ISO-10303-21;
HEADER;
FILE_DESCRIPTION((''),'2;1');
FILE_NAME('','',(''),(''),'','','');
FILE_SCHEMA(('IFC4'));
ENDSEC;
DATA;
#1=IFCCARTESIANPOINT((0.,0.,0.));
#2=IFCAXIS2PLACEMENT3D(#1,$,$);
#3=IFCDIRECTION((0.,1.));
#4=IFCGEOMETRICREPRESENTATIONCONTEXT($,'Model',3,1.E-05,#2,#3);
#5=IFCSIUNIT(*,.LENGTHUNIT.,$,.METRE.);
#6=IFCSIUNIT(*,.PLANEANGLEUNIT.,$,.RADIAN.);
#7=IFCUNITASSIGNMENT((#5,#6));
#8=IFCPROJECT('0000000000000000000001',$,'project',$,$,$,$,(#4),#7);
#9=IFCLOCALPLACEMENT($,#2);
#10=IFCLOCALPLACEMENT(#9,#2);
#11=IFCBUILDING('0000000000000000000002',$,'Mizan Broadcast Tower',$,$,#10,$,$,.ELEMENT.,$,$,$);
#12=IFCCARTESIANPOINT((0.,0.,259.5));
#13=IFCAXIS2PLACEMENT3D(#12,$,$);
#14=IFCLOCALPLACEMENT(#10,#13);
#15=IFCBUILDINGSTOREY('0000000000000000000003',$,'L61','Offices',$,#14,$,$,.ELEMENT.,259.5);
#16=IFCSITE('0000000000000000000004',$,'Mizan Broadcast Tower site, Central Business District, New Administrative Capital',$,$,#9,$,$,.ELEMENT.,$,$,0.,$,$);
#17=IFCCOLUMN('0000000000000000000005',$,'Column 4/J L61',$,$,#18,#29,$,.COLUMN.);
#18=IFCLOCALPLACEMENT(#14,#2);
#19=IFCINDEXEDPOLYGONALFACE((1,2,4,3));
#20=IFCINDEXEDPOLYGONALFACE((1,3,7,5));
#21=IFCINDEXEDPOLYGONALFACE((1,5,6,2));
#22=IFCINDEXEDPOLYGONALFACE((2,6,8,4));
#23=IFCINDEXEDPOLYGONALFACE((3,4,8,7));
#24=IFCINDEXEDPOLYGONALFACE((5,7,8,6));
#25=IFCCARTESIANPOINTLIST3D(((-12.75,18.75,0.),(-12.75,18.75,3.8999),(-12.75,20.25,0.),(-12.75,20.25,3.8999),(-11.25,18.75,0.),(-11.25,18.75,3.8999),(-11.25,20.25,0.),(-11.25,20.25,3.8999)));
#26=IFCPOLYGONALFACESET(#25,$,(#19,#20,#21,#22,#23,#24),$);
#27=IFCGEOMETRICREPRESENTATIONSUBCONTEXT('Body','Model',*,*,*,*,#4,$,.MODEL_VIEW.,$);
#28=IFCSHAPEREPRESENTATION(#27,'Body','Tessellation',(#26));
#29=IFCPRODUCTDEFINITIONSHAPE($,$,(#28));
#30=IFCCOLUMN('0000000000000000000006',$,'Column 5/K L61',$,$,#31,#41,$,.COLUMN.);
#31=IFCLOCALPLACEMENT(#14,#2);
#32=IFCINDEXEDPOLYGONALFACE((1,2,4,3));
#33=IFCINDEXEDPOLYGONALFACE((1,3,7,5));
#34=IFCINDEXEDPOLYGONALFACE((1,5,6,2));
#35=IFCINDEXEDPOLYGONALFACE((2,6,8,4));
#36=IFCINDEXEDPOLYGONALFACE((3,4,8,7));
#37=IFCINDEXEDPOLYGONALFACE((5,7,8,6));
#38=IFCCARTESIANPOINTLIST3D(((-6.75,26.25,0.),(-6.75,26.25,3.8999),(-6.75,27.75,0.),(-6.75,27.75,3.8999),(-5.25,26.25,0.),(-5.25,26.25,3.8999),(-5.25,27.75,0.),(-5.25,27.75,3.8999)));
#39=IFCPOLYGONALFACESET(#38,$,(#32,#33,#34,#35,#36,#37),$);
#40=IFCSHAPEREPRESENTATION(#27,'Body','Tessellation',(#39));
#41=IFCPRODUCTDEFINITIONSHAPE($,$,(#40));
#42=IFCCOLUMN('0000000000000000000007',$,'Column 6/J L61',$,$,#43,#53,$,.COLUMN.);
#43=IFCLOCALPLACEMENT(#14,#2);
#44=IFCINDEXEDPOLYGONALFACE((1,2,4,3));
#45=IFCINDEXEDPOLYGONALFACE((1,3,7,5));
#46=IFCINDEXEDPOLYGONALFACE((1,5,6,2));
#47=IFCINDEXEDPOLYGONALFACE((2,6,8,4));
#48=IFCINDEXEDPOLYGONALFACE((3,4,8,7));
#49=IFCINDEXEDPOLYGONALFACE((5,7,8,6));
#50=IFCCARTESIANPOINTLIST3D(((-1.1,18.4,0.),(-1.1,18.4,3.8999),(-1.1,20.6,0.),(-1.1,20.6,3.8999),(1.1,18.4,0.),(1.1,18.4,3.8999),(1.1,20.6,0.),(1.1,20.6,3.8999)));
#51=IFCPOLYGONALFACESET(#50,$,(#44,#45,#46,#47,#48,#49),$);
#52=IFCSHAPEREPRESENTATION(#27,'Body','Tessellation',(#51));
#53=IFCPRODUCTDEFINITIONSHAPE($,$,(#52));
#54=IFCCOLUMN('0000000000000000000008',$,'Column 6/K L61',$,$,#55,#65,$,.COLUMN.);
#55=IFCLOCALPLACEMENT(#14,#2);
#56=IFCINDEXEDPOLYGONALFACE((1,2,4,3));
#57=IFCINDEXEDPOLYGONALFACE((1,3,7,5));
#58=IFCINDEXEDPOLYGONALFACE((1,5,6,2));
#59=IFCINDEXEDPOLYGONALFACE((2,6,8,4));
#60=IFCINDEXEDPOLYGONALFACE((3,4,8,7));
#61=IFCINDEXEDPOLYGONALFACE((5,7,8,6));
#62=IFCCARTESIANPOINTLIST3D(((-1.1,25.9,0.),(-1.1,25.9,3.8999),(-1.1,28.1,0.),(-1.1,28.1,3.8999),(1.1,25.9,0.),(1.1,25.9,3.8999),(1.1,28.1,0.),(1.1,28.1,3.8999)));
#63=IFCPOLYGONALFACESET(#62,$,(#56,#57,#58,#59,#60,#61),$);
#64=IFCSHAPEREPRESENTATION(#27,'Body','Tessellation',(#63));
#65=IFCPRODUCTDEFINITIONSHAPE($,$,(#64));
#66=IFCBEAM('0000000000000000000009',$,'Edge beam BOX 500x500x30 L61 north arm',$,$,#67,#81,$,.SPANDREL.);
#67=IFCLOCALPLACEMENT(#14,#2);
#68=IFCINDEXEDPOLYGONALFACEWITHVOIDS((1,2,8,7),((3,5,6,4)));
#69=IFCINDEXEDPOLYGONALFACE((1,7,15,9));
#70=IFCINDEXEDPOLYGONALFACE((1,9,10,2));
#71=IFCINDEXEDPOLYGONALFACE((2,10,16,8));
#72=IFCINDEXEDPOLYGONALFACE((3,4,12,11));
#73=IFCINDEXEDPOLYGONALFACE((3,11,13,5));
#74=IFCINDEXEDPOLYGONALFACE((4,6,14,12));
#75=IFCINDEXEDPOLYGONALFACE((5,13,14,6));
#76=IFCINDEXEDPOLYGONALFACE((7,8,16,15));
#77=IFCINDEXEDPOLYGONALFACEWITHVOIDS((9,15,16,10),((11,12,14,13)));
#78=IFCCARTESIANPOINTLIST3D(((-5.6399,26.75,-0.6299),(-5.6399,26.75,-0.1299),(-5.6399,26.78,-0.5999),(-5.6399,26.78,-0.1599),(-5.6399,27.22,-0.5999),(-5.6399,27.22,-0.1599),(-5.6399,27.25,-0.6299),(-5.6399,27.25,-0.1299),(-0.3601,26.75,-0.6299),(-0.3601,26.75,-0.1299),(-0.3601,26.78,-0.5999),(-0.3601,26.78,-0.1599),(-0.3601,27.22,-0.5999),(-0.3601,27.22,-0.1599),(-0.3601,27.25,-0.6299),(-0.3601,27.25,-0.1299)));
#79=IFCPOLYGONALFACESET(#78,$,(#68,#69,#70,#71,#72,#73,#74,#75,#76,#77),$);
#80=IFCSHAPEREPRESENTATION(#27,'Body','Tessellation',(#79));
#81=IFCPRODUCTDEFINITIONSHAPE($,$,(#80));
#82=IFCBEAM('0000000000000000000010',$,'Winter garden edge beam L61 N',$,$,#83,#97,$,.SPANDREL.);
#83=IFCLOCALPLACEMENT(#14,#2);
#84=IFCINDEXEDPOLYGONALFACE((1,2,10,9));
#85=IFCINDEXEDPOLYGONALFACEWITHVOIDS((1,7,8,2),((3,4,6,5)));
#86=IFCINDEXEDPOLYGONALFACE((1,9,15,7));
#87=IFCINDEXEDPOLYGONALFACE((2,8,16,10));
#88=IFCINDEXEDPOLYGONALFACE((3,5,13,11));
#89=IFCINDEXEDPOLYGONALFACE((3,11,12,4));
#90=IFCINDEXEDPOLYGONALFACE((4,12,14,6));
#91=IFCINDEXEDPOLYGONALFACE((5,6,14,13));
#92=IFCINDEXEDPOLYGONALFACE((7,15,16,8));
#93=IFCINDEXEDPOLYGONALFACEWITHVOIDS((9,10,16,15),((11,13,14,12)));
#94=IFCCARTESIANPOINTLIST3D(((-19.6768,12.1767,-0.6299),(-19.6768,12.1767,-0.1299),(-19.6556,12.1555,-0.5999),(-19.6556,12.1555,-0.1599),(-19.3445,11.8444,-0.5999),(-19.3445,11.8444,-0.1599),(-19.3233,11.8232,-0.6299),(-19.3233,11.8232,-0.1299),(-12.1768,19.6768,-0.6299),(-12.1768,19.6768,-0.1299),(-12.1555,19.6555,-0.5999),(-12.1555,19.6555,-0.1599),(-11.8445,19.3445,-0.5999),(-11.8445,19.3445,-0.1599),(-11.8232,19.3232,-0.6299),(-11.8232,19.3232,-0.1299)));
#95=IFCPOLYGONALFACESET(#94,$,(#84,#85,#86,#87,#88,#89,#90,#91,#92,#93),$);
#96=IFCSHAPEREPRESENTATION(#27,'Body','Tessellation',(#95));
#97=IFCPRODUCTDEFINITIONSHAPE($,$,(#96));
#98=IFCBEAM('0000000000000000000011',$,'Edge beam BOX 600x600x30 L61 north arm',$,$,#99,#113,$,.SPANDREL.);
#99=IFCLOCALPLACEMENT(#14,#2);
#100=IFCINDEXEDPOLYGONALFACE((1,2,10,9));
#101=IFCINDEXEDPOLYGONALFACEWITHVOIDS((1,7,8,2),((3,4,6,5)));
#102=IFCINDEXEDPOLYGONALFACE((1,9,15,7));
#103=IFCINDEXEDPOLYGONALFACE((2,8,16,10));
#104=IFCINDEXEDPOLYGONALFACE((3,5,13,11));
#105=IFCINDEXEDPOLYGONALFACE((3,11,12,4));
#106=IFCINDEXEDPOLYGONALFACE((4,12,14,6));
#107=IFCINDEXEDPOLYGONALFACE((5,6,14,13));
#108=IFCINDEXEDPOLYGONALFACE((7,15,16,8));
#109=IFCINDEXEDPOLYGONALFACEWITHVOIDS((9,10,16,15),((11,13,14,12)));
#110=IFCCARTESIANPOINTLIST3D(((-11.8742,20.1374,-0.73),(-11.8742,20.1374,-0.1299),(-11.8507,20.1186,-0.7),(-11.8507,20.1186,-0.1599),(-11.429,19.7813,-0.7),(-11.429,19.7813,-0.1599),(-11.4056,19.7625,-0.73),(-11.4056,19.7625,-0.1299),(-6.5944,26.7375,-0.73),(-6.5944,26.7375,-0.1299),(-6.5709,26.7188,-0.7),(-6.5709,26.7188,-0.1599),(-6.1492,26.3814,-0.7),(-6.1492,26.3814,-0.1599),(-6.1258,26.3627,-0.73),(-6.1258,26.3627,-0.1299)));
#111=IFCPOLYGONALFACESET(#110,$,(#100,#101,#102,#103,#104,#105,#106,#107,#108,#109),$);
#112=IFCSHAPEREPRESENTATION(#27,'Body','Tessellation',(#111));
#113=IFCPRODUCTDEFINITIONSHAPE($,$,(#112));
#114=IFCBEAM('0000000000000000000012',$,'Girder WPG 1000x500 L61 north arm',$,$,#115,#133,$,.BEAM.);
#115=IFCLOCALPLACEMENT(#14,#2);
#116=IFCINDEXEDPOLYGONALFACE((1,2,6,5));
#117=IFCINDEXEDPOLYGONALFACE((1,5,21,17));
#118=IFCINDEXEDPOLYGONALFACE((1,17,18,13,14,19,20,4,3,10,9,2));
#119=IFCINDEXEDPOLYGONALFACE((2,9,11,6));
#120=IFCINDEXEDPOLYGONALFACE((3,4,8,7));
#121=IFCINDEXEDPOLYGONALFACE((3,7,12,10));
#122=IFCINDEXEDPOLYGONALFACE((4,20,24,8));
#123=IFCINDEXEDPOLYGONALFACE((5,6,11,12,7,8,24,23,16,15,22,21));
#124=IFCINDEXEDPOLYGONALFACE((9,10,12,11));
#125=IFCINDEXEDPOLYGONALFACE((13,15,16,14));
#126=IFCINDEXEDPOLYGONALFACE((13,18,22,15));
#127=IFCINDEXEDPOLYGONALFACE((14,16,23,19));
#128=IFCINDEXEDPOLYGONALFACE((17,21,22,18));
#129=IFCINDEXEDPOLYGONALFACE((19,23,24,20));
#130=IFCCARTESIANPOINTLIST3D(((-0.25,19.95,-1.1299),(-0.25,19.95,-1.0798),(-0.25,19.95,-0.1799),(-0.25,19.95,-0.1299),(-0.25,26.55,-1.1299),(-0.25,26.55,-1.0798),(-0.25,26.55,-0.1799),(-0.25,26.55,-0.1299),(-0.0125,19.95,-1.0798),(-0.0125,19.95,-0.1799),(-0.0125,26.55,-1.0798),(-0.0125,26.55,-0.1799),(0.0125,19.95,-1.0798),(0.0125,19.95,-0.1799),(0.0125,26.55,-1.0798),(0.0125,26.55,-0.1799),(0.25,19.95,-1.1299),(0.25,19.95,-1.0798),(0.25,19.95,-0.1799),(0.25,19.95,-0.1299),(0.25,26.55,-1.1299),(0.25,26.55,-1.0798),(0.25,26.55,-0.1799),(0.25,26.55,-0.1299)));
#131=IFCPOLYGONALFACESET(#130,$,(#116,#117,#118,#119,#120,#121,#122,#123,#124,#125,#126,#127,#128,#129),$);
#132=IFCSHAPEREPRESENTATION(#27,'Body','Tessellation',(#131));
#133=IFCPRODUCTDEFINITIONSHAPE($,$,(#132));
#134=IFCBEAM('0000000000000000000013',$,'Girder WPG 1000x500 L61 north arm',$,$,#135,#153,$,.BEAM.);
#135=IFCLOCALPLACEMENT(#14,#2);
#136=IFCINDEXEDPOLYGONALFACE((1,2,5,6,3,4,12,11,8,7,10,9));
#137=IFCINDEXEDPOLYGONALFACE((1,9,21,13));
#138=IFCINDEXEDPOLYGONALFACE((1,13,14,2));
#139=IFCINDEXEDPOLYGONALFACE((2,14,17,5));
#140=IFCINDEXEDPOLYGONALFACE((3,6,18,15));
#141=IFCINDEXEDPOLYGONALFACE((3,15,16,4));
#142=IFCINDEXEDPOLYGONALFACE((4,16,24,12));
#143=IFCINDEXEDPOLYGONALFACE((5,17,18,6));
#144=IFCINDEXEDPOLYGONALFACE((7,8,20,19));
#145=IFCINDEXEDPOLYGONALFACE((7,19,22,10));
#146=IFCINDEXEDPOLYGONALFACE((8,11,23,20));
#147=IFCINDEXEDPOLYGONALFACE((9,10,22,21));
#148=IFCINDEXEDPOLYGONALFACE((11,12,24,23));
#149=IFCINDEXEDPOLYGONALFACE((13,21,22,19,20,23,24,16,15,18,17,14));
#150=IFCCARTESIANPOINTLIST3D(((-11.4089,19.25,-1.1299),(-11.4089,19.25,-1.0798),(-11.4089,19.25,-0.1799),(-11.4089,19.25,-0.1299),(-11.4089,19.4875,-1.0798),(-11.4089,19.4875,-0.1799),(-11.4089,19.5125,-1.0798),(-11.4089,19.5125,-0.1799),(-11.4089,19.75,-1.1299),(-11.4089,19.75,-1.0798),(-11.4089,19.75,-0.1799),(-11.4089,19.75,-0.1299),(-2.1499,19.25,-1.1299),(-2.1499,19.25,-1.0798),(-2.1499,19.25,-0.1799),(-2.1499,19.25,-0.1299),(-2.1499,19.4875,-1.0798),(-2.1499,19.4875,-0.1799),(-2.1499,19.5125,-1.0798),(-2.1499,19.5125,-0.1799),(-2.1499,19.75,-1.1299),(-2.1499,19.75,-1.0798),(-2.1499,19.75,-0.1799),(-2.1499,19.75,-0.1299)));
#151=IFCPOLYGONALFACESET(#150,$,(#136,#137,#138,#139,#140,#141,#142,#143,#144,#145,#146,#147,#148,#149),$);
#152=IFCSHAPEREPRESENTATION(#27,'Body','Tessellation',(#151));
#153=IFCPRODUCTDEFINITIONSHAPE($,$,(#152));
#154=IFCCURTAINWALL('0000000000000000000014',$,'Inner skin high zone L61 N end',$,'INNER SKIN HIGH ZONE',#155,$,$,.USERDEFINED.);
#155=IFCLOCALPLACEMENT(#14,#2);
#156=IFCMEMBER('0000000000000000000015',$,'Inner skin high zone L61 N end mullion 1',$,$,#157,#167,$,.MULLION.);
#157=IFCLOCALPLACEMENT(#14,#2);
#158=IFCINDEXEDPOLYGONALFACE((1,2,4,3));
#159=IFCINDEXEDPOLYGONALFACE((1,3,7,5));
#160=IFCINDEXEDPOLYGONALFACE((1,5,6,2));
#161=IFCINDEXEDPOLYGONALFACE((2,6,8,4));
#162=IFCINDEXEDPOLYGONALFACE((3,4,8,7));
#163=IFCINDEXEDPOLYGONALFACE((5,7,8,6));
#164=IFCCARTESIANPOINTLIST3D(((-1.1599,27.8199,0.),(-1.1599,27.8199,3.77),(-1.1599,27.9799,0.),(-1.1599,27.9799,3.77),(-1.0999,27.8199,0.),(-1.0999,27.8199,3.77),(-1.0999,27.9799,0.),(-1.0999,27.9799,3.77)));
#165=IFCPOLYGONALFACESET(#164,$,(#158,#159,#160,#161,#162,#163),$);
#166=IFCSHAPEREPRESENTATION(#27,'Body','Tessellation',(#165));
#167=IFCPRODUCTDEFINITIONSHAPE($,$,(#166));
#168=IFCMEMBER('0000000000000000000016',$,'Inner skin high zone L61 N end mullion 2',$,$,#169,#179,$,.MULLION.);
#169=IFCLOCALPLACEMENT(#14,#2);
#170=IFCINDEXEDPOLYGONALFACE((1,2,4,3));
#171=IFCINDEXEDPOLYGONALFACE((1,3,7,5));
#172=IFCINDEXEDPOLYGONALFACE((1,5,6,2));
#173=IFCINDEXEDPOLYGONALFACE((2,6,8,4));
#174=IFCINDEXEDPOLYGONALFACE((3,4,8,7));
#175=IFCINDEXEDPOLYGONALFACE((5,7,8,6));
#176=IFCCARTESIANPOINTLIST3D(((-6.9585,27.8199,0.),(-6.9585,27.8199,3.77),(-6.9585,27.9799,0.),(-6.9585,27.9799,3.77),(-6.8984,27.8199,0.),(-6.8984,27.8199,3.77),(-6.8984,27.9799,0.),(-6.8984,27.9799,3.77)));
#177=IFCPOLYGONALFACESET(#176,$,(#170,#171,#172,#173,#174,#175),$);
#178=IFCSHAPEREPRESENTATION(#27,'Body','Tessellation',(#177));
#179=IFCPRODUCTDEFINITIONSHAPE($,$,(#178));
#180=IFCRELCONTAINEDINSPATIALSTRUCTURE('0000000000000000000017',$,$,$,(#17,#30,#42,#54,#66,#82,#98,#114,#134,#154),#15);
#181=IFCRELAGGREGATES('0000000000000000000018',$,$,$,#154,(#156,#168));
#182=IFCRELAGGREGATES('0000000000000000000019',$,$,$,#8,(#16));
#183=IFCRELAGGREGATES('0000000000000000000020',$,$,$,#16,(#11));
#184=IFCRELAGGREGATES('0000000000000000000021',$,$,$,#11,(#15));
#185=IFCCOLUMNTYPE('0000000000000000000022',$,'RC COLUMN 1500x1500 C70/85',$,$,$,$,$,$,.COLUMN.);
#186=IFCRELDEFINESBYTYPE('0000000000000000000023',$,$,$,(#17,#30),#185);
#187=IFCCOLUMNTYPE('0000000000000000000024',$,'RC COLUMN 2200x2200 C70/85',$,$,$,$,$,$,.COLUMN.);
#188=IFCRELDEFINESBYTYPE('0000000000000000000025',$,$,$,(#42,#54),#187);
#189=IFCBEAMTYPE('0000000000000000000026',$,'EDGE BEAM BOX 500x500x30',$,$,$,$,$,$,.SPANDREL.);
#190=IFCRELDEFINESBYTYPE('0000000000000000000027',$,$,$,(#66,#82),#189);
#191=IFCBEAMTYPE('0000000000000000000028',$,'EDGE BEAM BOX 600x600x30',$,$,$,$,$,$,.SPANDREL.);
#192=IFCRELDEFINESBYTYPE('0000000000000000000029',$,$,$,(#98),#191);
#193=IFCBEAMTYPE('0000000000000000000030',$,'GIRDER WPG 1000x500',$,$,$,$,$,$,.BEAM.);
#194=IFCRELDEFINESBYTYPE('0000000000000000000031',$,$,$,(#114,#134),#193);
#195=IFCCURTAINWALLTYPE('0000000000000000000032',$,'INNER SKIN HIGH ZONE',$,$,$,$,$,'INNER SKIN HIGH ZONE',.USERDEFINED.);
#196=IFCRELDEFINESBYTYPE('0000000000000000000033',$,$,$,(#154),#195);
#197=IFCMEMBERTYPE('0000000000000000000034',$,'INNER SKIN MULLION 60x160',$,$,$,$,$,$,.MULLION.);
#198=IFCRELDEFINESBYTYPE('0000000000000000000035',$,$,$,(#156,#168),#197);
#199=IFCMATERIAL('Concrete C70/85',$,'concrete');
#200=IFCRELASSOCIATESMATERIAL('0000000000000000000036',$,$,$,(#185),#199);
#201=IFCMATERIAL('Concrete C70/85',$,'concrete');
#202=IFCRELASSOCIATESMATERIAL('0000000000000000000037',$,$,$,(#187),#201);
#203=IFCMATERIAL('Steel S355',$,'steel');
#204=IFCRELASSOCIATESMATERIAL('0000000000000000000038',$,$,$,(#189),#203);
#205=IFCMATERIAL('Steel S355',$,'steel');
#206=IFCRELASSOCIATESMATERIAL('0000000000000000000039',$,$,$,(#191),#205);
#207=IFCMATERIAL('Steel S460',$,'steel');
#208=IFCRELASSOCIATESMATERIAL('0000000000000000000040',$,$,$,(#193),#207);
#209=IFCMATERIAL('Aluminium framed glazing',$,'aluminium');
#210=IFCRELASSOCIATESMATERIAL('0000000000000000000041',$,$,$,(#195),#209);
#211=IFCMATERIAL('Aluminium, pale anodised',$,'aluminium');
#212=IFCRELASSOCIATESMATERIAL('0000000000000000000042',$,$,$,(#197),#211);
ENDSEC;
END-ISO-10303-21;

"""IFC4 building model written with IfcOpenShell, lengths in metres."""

from ifc_helpers import new_model, si_unit, direction, frame, origin, origin_2d, place, context, subcontext, project, spatial, rectangle, hollow_rectangle, i_section, extrude, material, material_profile, profile_set, type_object, element, aggregate, save


model = new_model("IFC4")

# Units and contexts
model_context = context("Model", 3, precision=1e-05, world=origin(), true_north=direction((0.0, 1.0)))
body_context = subcontext(model_context, "Body", "Model", "MODEL_VIEW")
ifc_project = project(units=[si_unit("LENGTHUNIT", "METRE"), si_unit("PLANEANGLEUNIT", "RADIAN")], contexts=[model_context])

# Site, building, storey
site_placement = place(None, origin())
site = spatial("IfcSite", under=ifc_project, at=site_placement, Name="Mizan Broadcast Tower site, Central Business District, New Administrative Capital", CompositionType="ELEMENT", RefElevation=0.0)
building_placement = place(site_placement, origin())
building = spatial("IfcBuilding", under=site, at=building_placement, Name="Mizan Broadcast Tower", CompositionType="ELEMENT")
storey_placement = place(building_placement, frame((0.0, 0.0, 259.5)))
storey = spatial("IfcBuildingStorey", under=building, at=storey_placement, Name="L61", Description="Offices", CompositionType="ELEMENT", Elevation=259.5)

# Columns
ifc_material_1 = material(Name="Concrete C70/85", Category="concrete")
ifc_material_profile_1 = material_profile(ifc_material_1, rectangle(XDim=1.5, YDim=1.5, at=origin_2d()), Name="RC 1500x1500")
ifc_profile_set_1 = profile_set([ifc_material_profile_1], Name="Concrete C70/85")
column_type_1 = type_object("IfcColumnType", Name="RC COLUMN 1500x1500 C70/85", PredefinedType="COLUMN", material=ifc_profile_set_1)
for number, where, z_axis, x_axis, name in (
    (1, (-12.0, 19.5, 0.0), (0.0, 0.0, 1.0), (1.0, 0.0, 0.0), "Column 4/J L61"),
    (2, (-6.0, 27.0, 0.0), (0.0, 0.0, 1.0), (1.0, 0.0, 0.0), "Column 5/K L61"),
):
    element("IfcColumn", number, at=place(storey_placement, frame(where, z_axis=z_axis, x_axis=x_axis)), inside=storey, type_object=column_type_1, Name=name, PredefinedType="COLUMN", context=body_context, shape_type="SweptSolid", body=[
        extrude(rectangle(XDim=1.5, YDim=1.5, at=origin_2d()), origin(), (0.0, 0.0, 1.0), 3.8999),
    ])
ifc_material_2 = material(Name="Concrete C70/85", Category="concrete")
ifc_material_profile_2 = material_profile(ifc_material_2, rectangle(XDim=2.2, YDim=2.2, at=origin_2d()), Name="RC 2200x2200")
ifc_profile_set_2 = profile_set([ifc_material_profile_2], Name="Concrete C70/85")
column_type_2 = type_object("IfcColumnType", Name="RC COLUMN 2200x2200 C70/85", PredefinedType="COLUMN", material=ifc_profile_set_2)
for number, where, z_axis, x_axis, name in (
    (3, (0.0, 19.5, 0.0), (0.0, 0.0, 1.0), (1.0, 0.0, 0.0), "Column 6/J L61"),
    (4, (0.0, 27.0, 0.0), (0.0, 0.0, 1.0), (1.0, 0.0, 0.0), "Column 6/K L61"),
):
    element("IfcColumn", number, at=place(storey_placement, frame(where, z_axis=z_axis, x_axis=x_axis)), inside=storey, type_object=column_type_2, Name=name, PredefinedType="COLUMN", context=body_context, shape_type="SweptSolid", body=[
        extrude(rectangle(XDim=2.2, YDim=2.2, at=origin_2d()), origin(), (0.0, 0.0, 1.0), 3.8999),
    ])

# Beams
ifc_material_3 = material(Name="Steel S355", Category="steel")
ifc_material_profile_3 = material_profile(ifc_material_3, hollow_rectangle(XDim=0.5, YDim=0.5, WallThickness=0.03, at=origin_2d()), Name="BOX 500x500x30")
ifc_profile_set_3 = profile_set([ifc_material_profile_3], Name="Steel S355")
beam_type_1 = type_object("IfcBeamType", Name="EDGE BEAM BOX 500x500x30", PredefinedType="SPANDREL", material=ifc_profile_set_3)
beam_1_placement = place(storey_placement, frame((-5.6399, 27.0, -0.3799), z_axis=(1.0, 0.0, 0.0), x_axis=(0.0, 1.0, 0.0)))
element("IfcBeam", 5, at=beam_1_placement, inside=storey, type_object=beam_type_1, Name="Edge beam BOX 500x500x30 L61 north arm", PredefinedType="SPANDREL", context=body_context, shape_type="SweptSolid", body=[
    extrude(hollow_rectangle(XDim=0.5, YDim=0.5, WallThickness=0.03, at=origin_2d()), origin(), (0.0, 0.0, 1.0), 5.2798),
])
beam_2_placement = place(storey_placement, frame((-12.0, 19.5, -0.3799), z_axis=(-0.707107, -0.707107, 0.0), x_axis=(0.707107, -0.707107, 0.0)))
element("IfcBeam", 6, at=beam_2_placement, inside=storey, type_object=beam_type_1, Name="Winter garden edge beam L61 N", PredefinedType="SPANDREL", context=body_context, shape_type="SweptSolid", body=[
    extrude(hollow_rectangle(XDim=0.5, YDim=0.5, WallThickness=0.03, at=origin_2d()), origin(), (0.0, 0.0, 1.0), 10.6067),
])
ifc_material_4 = material(Name="Steel S355", Category="steel")
ifc_material_profile_4 = material_profile(ifc_material_4, hollow_rectangle(XDim=0.6001, YDim=0.6001, WallThickness=0.03, at=origin_2d()), Name="BOX 600x600x30")
ifc_profile_set_4 = profile_set([ifc_material_profile_4], Name="Steel S355")
beam_type_2 = type_object("IfcBeamType", Name="EDGE BEAM BOX 600x600x30", PredefinedType="SPANDREL", material=ifc_profile_set_4)
beam_3_placement = place(storey_placement, frame((-11.6399, 19.95, -0.4299), z_axis=(0.624674, 0.780886, 0.0), x_axis=(-0.780886, 0.624674, 0.0)))
element("IfcBeam", 7, at=beam_3_placement, inside=storey, type_object=beam_type_2, Name="Edge beam BOX 600x600x30 L61 north arm", PredefinedType="SPANDREL", context=body_context, shape_type="SweptSolid", body=[
    extrude(hollow_rectangle(XDim=0.6001, YDim=0.6001, WallThickness=0.03, at=origin_2d()), origin(), (0.0, 0.0, 1.0), 8.4521),
])
ifc_material_5 = material(Name="Steel S460", Category="steel")
ifc_material_profile_5 = material_profile(ifc_material_5, i_section(OverallWidth=0.5, OverallDepth=1.0, WebThickness=0.0249, FlangeThickness=0.05, at=origin_2d()), Name="WPG 1000x500")
ifc_profile_set_5 = profile_set([ifc_material_profile_5], Name="Steel S460")
beam_type_3 = type_object("IfcBeamType", Name="GIRDER WPG 1000x500", PredefinedType="BEAM", material=ifc_profile_set_5)
beam_4_placement = place(storey_placement, frame((0.0, 19.95, -0.6299), z_axis=(0.0, 1.0, 0.0), x_axis=(-1.0, 0.0, 0.0)))
element("IfcBeam", 8, at=beam_4_placement, inside=storey, type_object=beam_type_3, Name="Girder WPG 1000x500 L61 north arm", PredefinedType="BEAM", context=body_context, shape_type="SweptSolid", body=[
    extrude(i_section(OverallWidth=0.5, OverallDepth=1.0, WebThickness=0.0249, FlangeThickness=0.05, at=origin_2d()), origin(), (0.0, 0.0, 1.0), 6.6001),
])
beam_5_placement = place(storey_placement, frame((-11.4089, 19.5, -0.6299), z_axis=(1.0, 0.0, 0.0), x_axis=(0.0, 1.0, 0.0)))
element("IfcBeam", 9, at=beam_5_placement, inside=storey, type_object=beam_type_3, Name="Girder WPG 1000x500 L61 north arm", PredefinedType="BEAM", context=body_context, shape_type="SweptSolid", body=[
    extrude(i_section(OverallWidth=0.5, OverallDepth=1.0, WebThickness=0.0249, FlangeThickness=0.05, at=origin_2d()), origin(), (0.0, 0.0, 1.0), 9.259),
])

# Curtain wall, members
ifc_material_6 = material(Name="Aluminium framed glazing", Category="aluminium")
curtain_wall_type_1 = type_object("IfcCurtainWallType", Name="INNER SKIN HIGH ZONE", ElementType="INNER SKIN HIGH ZONE", PredefinedType="USERDEFINED", material=ifc_material_6)
curtain_wall_1_placement = place(storey_placement, origin())
curtain_wall_1 = element("IfcCurtainWall", 10, at=curtain_wall_1_placement, inside=storey, type_object=curtain_wall_type_1, Name="Inner skin high zone L61 N end", ObjectType="INNER SKIN HIGH ZONE", PredefinedType="USERDEFINED")
ifc_material_7 = material(Name="Aluminium, pale anodised", Category="aluminium")
ifc_material_profile_6 = material_profile(ifc_material_7, rectangle(XDim=0.1599, YDim=0.0601, at=origin_2d()), Name="MULLION 160x60")
ifc_profile_set_6 = profile_set([ifc_material_profile_6], Name="Aluminium, pale anodised")
member_type_1 = type_object("IfcMemberType", Name="INNER SKIN MULLION 60x160", PredefinedType="MULLION", material=ifc_profile_set_6)
member_1_placement = place(storey_placement, frame((-1.1299, 27.8999, 0.0), z_axis=(0.0, 0.0, 1.0), x_axis=(0.0, -1.0, 0.0)))
member_1 = element("IfcMember", 11, at=member_1_placement, type_object=member_type_1, Name="Inner skin high zone L61 N end mullion 1", PredefinedType="MULLION", context=body_context, shape_type="SweptSolid", body=[
    extrude(rectangle(XDim=0.1599, YDim=0.0601, at=origin_2d()), origin(), (0.0, 0.0, 1.0), 3.77),
])
member_2_placement = place(storey_placement, frame((-6.9285, 27.8999, 0.0), z_axis=(0.0, 0.0, 1.0), x_axis=(0.0, -1.0, 0.0)))
member_2 = element("IfcMember", 12, at=member_2_placement, type_object=member_type_1, Name="Inner skin high zone L61 N end mullion 2", PredefinedType="MULLION", context=body_context, shape_type="SweptSolid", body=[
    extrude(rectangle(XDim=0.1599, YDim=0.0601, at=origin_2d()), origin(), (0.0, 0.0, 1.0), 3.77),
])

aggregate(curtain_wall_1, [member_1, member_2])

save(model, "model.ifc")
